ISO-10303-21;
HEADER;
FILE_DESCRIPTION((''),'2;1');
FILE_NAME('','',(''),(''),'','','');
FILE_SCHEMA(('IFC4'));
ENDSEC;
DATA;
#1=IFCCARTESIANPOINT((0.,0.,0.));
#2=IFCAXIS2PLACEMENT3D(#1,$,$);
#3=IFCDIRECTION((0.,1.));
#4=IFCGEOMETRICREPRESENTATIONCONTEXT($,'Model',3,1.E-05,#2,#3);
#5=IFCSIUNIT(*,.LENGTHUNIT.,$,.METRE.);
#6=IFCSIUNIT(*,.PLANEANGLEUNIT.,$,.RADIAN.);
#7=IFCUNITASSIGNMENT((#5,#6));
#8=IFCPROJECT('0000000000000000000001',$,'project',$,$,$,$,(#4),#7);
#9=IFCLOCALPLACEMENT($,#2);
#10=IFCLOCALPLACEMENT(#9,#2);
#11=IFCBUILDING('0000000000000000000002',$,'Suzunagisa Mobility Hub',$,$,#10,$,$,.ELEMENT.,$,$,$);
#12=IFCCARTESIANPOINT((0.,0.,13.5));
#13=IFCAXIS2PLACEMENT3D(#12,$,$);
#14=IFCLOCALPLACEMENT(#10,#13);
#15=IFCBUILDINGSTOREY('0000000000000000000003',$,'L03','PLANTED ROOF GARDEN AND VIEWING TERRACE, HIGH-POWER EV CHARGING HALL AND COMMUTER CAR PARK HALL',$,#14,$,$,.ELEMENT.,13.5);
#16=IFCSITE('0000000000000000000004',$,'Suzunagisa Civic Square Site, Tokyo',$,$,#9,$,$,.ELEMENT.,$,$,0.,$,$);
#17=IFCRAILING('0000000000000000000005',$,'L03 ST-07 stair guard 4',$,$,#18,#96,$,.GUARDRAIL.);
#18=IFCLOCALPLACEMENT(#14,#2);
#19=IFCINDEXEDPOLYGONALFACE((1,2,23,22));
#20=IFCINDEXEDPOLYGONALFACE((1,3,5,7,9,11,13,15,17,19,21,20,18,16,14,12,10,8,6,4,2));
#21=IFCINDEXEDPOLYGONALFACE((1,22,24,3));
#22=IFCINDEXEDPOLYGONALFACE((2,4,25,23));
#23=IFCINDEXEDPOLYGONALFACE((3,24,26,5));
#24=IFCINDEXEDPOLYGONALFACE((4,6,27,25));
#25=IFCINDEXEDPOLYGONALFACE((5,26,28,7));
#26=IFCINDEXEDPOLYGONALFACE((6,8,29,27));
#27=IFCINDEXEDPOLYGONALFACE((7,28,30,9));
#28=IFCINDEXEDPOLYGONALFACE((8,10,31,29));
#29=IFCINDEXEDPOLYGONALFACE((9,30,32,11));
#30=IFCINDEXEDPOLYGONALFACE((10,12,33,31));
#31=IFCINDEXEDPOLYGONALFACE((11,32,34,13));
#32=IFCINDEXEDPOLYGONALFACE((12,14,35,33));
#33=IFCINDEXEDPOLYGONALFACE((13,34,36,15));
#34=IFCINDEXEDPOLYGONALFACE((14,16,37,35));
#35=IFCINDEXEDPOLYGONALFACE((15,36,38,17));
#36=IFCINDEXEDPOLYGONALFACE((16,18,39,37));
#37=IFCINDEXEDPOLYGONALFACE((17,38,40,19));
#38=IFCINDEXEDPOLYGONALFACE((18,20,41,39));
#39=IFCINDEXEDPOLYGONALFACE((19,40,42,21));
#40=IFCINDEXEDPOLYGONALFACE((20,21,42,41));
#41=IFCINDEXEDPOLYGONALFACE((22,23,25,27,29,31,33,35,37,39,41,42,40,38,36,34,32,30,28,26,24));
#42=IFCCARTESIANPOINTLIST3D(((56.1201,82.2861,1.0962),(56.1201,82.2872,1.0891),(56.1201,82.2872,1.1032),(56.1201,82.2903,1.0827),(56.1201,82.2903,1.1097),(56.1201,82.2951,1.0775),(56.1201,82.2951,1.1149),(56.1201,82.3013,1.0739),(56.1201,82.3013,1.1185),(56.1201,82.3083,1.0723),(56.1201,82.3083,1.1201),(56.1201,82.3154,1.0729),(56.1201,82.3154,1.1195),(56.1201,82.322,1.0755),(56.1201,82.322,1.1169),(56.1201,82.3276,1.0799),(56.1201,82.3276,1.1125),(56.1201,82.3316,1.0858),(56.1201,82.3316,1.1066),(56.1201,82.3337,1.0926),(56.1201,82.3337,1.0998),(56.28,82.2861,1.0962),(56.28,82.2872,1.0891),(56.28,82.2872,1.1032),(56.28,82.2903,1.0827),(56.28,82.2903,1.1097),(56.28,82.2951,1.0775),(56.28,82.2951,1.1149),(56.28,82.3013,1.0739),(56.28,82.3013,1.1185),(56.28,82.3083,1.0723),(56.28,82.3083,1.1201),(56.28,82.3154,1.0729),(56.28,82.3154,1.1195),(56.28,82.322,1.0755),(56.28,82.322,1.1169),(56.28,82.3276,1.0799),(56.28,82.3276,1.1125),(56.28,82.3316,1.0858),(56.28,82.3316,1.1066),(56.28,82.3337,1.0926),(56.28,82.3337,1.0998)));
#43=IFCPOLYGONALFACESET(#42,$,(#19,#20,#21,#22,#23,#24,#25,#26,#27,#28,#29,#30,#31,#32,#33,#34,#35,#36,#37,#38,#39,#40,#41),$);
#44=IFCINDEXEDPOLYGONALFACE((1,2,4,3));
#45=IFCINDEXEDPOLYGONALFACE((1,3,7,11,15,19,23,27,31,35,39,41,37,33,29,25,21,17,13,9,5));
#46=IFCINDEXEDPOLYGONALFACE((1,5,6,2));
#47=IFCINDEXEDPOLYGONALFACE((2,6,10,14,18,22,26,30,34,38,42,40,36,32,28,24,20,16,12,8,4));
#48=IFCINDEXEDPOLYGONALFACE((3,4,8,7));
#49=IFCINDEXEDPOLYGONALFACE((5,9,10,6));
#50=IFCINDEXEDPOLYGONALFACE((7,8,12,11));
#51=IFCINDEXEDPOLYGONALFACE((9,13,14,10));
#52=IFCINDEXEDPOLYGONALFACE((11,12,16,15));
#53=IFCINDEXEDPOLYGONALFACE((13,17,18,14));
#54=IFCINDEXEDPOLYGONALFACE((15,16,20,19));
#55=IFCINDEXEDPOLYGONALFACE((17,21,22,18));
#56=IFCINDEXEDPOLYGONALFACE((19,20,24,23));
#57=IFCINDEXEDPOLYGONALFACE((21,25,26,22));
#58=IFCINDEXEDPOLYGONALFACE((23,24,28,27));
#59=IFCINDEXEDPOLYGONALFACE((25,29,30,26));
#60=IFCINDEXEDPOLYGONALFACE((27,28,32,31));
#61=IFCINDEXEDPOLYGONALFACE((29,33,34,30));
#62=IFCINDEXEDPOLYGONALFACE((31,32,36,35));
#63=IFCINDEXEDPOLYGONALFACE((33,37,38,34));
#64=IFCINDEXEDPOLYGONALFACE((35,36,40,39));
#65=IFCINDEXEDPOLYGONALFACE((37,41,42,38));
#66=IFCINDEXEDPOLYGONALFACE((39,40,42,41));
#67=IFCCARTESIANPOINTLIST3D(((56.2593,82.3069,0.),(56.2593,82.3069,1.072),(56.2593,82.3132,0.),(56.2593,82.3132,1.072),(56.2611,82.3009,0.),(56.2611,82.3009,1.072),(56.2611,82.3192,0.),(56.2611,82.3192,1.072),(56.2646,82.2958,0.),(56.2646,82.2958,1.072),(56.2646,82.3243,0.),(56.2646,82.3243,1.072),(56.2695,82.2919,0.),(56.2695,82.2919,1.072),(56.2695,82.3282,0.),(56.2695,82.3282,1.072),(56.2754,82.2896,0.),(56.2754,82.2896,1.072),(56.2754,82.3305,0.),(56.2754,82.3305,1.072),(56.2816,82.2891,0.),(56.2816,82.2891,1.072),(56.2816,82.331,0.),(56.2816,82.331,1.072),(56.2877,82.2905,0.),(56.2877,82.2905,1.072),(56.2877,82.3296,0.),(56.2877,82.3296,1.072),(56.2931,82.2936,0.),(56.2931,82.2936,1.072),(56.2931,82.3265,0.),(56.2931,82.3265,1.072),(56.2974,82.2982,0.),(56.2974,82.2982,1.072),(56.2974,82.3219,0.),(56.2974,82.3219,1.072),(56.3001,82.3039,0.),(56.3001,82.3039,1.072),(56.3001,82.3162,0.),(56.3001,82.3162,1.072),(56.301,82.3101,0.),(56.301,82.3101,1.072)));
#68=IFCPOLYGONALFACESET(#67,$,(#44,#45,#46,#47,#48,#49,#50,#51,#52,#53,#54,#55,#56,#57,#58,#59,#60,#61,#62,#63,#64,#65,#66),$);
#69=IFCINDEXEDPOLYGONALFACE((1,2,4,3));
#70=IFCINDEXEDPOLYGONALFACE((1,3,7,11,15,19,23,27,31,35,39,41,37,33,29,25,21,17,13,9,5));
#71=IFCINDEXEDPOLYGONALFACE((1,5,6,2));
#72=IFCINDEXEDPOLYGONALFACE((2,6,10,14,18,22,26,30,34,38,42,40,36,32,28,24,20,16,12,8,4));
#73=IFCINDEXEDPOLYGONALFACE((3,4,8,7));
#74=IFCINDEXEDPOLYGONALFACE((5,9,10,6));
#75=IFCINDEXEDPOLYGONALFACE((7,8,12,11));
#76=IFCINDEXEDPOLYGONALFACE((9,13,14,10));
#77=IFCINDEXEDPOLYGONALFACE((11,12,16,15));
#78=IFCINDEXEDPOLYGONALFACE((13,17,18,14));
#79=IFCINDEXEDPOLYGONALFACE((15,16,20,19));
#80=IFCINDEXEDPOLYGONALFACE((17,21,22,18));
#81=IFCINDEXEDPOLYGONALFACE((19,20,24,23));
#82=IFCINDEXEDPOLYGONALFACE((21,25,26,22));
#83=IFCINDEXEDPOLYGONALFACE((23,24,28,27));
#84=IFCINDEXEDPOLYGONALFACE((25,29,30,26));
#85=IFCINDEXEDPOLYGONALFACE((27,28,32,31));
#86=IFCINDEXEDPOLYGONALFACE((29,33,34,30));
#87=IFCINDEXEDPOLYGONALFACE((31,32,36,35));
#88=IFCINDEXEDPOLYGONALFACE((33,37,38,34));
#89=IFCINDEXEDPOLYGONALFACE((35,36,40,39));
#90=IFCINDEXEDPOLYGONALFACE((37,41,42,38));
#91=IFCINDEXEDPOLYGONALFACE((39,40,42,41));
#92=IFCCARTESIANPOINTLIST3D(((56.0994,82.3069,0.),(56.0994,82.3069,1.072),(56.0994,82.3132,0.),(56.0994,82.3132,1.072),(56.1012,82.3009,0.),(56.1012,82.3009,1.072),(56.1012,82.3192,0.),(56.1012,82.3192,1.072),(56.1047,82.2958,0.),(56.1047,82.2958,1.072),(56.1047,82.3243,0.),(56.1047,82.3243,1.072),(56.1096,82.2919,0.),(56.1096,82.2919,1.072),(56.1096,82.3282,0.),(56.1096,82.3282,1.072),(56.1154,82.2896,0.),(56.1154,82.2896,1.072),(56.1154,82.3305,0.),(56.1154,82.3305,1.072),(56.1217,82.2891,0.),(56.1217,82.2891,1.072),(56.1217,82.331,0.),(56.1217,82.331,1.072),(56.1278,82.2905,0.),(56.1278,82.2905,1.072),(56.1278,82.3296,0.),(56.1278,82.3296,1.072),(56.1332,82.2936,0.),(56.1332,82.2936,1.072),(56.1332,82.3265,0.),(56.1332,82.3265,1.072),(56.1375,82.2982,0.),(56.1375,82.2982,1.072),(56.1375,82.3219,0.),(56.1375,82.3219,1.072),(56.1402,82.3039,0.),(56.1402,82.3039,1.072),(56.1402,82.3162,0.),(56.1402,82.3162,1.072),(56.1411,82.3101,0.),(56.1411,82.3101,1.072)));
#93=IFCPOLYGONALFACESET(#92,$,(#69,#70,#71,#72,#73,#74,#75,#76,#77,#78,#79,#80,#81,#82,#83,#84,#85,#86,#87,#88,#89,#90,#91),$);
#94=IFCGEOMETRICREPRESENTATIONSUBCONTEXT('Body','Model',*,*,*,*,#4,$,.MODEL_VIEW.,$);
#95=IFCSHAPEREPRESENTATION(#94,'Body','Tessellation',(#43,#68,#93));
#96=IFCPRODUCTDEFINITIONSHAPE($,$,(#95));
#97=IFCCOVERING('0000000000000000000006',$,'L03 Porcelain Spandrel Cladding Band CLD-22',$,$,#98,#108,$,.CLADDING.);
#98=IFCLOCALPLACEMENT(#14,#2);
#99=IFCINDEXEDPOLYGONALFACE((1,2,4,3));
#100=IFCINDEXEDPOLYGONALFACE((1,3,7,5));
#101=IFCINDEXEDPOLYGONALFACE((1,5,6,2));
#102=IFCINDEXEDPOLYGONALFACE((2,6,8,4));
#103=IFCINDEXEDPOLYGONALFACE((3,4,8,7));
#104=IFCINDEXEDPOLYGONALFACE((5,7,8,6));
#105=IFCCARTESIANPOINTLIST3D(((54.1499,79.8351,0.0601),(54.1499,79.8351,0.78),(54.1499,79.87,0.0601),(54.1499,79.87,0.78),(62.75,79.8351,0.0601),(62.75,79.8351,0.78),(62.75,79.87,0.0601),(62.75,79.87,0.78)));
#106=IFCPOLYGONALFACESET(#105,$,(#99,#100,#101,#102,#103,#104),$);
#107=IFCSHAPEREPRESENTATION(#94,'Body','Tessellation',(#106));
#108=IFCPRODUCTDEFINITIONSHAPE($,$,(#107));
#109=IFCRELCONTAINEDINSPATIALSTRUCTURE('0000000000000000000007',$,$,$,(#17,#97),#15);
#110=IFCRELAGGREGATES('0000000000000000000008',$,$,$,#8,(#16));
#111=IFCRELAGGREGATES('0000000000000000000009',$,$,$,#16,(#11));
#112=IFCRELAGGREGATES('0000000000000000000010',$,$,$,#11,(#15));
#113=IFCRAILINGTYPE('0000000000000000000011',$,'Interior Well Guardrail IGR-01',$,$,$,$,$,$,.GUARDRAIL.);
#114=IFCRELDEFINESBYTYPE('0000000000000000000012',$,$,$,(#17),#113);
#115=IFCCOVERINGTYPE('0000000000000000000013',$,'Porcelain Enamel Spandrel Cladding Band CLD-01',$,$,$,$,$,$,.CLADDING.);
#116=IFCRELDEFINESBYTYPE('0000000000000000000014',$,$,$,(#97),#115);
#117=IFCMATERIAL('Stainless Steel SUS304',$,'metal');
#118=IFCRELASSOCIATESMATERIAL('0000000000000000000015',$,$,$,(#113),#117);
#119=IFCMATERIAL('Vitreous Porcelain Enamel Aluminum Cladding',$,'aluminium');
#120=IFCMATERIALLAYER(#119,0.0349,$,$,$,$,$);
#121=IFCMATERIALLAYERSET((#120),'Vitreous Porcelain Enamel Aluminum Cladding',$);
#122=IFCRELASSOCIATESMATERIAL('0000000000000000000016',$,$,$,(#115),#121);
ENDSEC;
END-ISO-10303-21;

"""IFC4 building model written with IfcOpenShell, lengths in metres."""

from ifc_helpers import new_model, si_unit, direction, frame, origin, origin_2d, place, context, subcontext, project, spatial, rectangle, circle, extrude, material, layer, layer_set, type_object, element, save


model = new_model("IFC4")

# Units and contexts
model_context = context("Model", 3, precision=1e-05, world=origin(), true_north=direction((0.0, 1.0)))
body_context = subcontext(model_context, "Body", "Model", "MODEL_VIEW")
ifc_project = project(units=[si_unit("LENGTHUNIT", "METRE"), si_unit("PLANEANGLEUNIT", "RADIAN")], contexts=[model_context])

# Site, building, storey
site_placement = place(None, origin())
site = spatial("IfcSite", under=ifc_project, at=site_placement, Name="Suzunagisa Civic Square Site, Tokyo", CompositionType="ELEMENT", RefElevation=0.0)
building_placement = place(site_placement, origin())
building = spatial("IfcBuilding", under=site, at=building_placement, Name="Suzunagisa Mobility Hub", CompositionType="ELEMENT")
storey_placement = place(building_placement, frame((0.0, 0.0, 13.5)))
storey = spatial("IfcBuildingStorey", under=building, at=storey_placement, Name="L03", Description="PLANTED ROOF GARDEN AND VIEWING TERRACE, HIGH-POWER EV CHARGING HALL AND COMMUTER CAR PARK HALL", CompositionType="ELEMENT", Elevation=13.5)

# Railing
ifc_material_1 = material(Name="Stainless Steel SUS304", Category="metal")
railing_type_1 = type_object("IfcRailingType", Name="Interior Well Guardrail IGR-01", PredefinedType="GUARDRAIL", material=ifc_material_1)
railing_1_placement = place(storey_placement, frame((56.28, 82.3101, 0.0)))
element("IfcRailing", 1, at=railing_1_placement, inside=storey, type_object=railing_type_1, Name="L03 ST-07 stair guard 4", PredefinedType="GUARDRAIL", context=body_context, shape_type="SweptSolid", body=[
    extrude(circle(Radius=0.0239, at=origin_2d()), frame((0.0, 0.0, 1.0962), z_axis=(-1.0, 0.0, 0.0), x_axis=(0.0, -1.0, 0.0)), (0.0, 0.0, 1.0), 0.1599),
    extrude(circle(Radius=0.021, at=origin_2d()), origin(), (0.0, 0.0, 1.0), 1.072),
    extrude(circle(Radius=0.021, at=origin_2d()), frame((-0.1599, 0.0, 0.0)), (0.0, 0.0, 1.0), 1.072),
])

# Covering
ifc_material_2 = material(Name="Vitreous Porcelain Enamel Aluminum Cladding", Category="aluminium")
ifc_layer_1 = layer(ifc_material_2, 0.0349)
ifc_layer_set_1 = layer_set([ifc_layer_1], Name="Vitreous Porcelain Enamel Aluminum Cladding")
covering_type = type_object("IfcCoveringType", Name="Porcelain Enamel Spandrel Cladding Band CLD-01", PredefinedType="CLADDING", material=ifc_layer_set_1)
covering_placement = place(storey_placement, frame((58.45, 79.8525, 0.0601), z_axis=(0.0, 0.0, 1.0), x_axis=(1.0, 0.0, 0.0)))
element("IfcCovering", 2, at=covering_placement, inside=storey, type_object=covering_type, Name="L03 Porcelain Spandrel Cladding Band CLD-22", PredefinedType="CLADDING", context=body_context, shape_type="SweptSolid", body=[
    extrude(rectangle(XDim=8.6001, YDim=0.0349, at=origin_2d()), origin(), (0.0, 0.0, 1.0), 0.72),
])

save(model, "model.ifc")
